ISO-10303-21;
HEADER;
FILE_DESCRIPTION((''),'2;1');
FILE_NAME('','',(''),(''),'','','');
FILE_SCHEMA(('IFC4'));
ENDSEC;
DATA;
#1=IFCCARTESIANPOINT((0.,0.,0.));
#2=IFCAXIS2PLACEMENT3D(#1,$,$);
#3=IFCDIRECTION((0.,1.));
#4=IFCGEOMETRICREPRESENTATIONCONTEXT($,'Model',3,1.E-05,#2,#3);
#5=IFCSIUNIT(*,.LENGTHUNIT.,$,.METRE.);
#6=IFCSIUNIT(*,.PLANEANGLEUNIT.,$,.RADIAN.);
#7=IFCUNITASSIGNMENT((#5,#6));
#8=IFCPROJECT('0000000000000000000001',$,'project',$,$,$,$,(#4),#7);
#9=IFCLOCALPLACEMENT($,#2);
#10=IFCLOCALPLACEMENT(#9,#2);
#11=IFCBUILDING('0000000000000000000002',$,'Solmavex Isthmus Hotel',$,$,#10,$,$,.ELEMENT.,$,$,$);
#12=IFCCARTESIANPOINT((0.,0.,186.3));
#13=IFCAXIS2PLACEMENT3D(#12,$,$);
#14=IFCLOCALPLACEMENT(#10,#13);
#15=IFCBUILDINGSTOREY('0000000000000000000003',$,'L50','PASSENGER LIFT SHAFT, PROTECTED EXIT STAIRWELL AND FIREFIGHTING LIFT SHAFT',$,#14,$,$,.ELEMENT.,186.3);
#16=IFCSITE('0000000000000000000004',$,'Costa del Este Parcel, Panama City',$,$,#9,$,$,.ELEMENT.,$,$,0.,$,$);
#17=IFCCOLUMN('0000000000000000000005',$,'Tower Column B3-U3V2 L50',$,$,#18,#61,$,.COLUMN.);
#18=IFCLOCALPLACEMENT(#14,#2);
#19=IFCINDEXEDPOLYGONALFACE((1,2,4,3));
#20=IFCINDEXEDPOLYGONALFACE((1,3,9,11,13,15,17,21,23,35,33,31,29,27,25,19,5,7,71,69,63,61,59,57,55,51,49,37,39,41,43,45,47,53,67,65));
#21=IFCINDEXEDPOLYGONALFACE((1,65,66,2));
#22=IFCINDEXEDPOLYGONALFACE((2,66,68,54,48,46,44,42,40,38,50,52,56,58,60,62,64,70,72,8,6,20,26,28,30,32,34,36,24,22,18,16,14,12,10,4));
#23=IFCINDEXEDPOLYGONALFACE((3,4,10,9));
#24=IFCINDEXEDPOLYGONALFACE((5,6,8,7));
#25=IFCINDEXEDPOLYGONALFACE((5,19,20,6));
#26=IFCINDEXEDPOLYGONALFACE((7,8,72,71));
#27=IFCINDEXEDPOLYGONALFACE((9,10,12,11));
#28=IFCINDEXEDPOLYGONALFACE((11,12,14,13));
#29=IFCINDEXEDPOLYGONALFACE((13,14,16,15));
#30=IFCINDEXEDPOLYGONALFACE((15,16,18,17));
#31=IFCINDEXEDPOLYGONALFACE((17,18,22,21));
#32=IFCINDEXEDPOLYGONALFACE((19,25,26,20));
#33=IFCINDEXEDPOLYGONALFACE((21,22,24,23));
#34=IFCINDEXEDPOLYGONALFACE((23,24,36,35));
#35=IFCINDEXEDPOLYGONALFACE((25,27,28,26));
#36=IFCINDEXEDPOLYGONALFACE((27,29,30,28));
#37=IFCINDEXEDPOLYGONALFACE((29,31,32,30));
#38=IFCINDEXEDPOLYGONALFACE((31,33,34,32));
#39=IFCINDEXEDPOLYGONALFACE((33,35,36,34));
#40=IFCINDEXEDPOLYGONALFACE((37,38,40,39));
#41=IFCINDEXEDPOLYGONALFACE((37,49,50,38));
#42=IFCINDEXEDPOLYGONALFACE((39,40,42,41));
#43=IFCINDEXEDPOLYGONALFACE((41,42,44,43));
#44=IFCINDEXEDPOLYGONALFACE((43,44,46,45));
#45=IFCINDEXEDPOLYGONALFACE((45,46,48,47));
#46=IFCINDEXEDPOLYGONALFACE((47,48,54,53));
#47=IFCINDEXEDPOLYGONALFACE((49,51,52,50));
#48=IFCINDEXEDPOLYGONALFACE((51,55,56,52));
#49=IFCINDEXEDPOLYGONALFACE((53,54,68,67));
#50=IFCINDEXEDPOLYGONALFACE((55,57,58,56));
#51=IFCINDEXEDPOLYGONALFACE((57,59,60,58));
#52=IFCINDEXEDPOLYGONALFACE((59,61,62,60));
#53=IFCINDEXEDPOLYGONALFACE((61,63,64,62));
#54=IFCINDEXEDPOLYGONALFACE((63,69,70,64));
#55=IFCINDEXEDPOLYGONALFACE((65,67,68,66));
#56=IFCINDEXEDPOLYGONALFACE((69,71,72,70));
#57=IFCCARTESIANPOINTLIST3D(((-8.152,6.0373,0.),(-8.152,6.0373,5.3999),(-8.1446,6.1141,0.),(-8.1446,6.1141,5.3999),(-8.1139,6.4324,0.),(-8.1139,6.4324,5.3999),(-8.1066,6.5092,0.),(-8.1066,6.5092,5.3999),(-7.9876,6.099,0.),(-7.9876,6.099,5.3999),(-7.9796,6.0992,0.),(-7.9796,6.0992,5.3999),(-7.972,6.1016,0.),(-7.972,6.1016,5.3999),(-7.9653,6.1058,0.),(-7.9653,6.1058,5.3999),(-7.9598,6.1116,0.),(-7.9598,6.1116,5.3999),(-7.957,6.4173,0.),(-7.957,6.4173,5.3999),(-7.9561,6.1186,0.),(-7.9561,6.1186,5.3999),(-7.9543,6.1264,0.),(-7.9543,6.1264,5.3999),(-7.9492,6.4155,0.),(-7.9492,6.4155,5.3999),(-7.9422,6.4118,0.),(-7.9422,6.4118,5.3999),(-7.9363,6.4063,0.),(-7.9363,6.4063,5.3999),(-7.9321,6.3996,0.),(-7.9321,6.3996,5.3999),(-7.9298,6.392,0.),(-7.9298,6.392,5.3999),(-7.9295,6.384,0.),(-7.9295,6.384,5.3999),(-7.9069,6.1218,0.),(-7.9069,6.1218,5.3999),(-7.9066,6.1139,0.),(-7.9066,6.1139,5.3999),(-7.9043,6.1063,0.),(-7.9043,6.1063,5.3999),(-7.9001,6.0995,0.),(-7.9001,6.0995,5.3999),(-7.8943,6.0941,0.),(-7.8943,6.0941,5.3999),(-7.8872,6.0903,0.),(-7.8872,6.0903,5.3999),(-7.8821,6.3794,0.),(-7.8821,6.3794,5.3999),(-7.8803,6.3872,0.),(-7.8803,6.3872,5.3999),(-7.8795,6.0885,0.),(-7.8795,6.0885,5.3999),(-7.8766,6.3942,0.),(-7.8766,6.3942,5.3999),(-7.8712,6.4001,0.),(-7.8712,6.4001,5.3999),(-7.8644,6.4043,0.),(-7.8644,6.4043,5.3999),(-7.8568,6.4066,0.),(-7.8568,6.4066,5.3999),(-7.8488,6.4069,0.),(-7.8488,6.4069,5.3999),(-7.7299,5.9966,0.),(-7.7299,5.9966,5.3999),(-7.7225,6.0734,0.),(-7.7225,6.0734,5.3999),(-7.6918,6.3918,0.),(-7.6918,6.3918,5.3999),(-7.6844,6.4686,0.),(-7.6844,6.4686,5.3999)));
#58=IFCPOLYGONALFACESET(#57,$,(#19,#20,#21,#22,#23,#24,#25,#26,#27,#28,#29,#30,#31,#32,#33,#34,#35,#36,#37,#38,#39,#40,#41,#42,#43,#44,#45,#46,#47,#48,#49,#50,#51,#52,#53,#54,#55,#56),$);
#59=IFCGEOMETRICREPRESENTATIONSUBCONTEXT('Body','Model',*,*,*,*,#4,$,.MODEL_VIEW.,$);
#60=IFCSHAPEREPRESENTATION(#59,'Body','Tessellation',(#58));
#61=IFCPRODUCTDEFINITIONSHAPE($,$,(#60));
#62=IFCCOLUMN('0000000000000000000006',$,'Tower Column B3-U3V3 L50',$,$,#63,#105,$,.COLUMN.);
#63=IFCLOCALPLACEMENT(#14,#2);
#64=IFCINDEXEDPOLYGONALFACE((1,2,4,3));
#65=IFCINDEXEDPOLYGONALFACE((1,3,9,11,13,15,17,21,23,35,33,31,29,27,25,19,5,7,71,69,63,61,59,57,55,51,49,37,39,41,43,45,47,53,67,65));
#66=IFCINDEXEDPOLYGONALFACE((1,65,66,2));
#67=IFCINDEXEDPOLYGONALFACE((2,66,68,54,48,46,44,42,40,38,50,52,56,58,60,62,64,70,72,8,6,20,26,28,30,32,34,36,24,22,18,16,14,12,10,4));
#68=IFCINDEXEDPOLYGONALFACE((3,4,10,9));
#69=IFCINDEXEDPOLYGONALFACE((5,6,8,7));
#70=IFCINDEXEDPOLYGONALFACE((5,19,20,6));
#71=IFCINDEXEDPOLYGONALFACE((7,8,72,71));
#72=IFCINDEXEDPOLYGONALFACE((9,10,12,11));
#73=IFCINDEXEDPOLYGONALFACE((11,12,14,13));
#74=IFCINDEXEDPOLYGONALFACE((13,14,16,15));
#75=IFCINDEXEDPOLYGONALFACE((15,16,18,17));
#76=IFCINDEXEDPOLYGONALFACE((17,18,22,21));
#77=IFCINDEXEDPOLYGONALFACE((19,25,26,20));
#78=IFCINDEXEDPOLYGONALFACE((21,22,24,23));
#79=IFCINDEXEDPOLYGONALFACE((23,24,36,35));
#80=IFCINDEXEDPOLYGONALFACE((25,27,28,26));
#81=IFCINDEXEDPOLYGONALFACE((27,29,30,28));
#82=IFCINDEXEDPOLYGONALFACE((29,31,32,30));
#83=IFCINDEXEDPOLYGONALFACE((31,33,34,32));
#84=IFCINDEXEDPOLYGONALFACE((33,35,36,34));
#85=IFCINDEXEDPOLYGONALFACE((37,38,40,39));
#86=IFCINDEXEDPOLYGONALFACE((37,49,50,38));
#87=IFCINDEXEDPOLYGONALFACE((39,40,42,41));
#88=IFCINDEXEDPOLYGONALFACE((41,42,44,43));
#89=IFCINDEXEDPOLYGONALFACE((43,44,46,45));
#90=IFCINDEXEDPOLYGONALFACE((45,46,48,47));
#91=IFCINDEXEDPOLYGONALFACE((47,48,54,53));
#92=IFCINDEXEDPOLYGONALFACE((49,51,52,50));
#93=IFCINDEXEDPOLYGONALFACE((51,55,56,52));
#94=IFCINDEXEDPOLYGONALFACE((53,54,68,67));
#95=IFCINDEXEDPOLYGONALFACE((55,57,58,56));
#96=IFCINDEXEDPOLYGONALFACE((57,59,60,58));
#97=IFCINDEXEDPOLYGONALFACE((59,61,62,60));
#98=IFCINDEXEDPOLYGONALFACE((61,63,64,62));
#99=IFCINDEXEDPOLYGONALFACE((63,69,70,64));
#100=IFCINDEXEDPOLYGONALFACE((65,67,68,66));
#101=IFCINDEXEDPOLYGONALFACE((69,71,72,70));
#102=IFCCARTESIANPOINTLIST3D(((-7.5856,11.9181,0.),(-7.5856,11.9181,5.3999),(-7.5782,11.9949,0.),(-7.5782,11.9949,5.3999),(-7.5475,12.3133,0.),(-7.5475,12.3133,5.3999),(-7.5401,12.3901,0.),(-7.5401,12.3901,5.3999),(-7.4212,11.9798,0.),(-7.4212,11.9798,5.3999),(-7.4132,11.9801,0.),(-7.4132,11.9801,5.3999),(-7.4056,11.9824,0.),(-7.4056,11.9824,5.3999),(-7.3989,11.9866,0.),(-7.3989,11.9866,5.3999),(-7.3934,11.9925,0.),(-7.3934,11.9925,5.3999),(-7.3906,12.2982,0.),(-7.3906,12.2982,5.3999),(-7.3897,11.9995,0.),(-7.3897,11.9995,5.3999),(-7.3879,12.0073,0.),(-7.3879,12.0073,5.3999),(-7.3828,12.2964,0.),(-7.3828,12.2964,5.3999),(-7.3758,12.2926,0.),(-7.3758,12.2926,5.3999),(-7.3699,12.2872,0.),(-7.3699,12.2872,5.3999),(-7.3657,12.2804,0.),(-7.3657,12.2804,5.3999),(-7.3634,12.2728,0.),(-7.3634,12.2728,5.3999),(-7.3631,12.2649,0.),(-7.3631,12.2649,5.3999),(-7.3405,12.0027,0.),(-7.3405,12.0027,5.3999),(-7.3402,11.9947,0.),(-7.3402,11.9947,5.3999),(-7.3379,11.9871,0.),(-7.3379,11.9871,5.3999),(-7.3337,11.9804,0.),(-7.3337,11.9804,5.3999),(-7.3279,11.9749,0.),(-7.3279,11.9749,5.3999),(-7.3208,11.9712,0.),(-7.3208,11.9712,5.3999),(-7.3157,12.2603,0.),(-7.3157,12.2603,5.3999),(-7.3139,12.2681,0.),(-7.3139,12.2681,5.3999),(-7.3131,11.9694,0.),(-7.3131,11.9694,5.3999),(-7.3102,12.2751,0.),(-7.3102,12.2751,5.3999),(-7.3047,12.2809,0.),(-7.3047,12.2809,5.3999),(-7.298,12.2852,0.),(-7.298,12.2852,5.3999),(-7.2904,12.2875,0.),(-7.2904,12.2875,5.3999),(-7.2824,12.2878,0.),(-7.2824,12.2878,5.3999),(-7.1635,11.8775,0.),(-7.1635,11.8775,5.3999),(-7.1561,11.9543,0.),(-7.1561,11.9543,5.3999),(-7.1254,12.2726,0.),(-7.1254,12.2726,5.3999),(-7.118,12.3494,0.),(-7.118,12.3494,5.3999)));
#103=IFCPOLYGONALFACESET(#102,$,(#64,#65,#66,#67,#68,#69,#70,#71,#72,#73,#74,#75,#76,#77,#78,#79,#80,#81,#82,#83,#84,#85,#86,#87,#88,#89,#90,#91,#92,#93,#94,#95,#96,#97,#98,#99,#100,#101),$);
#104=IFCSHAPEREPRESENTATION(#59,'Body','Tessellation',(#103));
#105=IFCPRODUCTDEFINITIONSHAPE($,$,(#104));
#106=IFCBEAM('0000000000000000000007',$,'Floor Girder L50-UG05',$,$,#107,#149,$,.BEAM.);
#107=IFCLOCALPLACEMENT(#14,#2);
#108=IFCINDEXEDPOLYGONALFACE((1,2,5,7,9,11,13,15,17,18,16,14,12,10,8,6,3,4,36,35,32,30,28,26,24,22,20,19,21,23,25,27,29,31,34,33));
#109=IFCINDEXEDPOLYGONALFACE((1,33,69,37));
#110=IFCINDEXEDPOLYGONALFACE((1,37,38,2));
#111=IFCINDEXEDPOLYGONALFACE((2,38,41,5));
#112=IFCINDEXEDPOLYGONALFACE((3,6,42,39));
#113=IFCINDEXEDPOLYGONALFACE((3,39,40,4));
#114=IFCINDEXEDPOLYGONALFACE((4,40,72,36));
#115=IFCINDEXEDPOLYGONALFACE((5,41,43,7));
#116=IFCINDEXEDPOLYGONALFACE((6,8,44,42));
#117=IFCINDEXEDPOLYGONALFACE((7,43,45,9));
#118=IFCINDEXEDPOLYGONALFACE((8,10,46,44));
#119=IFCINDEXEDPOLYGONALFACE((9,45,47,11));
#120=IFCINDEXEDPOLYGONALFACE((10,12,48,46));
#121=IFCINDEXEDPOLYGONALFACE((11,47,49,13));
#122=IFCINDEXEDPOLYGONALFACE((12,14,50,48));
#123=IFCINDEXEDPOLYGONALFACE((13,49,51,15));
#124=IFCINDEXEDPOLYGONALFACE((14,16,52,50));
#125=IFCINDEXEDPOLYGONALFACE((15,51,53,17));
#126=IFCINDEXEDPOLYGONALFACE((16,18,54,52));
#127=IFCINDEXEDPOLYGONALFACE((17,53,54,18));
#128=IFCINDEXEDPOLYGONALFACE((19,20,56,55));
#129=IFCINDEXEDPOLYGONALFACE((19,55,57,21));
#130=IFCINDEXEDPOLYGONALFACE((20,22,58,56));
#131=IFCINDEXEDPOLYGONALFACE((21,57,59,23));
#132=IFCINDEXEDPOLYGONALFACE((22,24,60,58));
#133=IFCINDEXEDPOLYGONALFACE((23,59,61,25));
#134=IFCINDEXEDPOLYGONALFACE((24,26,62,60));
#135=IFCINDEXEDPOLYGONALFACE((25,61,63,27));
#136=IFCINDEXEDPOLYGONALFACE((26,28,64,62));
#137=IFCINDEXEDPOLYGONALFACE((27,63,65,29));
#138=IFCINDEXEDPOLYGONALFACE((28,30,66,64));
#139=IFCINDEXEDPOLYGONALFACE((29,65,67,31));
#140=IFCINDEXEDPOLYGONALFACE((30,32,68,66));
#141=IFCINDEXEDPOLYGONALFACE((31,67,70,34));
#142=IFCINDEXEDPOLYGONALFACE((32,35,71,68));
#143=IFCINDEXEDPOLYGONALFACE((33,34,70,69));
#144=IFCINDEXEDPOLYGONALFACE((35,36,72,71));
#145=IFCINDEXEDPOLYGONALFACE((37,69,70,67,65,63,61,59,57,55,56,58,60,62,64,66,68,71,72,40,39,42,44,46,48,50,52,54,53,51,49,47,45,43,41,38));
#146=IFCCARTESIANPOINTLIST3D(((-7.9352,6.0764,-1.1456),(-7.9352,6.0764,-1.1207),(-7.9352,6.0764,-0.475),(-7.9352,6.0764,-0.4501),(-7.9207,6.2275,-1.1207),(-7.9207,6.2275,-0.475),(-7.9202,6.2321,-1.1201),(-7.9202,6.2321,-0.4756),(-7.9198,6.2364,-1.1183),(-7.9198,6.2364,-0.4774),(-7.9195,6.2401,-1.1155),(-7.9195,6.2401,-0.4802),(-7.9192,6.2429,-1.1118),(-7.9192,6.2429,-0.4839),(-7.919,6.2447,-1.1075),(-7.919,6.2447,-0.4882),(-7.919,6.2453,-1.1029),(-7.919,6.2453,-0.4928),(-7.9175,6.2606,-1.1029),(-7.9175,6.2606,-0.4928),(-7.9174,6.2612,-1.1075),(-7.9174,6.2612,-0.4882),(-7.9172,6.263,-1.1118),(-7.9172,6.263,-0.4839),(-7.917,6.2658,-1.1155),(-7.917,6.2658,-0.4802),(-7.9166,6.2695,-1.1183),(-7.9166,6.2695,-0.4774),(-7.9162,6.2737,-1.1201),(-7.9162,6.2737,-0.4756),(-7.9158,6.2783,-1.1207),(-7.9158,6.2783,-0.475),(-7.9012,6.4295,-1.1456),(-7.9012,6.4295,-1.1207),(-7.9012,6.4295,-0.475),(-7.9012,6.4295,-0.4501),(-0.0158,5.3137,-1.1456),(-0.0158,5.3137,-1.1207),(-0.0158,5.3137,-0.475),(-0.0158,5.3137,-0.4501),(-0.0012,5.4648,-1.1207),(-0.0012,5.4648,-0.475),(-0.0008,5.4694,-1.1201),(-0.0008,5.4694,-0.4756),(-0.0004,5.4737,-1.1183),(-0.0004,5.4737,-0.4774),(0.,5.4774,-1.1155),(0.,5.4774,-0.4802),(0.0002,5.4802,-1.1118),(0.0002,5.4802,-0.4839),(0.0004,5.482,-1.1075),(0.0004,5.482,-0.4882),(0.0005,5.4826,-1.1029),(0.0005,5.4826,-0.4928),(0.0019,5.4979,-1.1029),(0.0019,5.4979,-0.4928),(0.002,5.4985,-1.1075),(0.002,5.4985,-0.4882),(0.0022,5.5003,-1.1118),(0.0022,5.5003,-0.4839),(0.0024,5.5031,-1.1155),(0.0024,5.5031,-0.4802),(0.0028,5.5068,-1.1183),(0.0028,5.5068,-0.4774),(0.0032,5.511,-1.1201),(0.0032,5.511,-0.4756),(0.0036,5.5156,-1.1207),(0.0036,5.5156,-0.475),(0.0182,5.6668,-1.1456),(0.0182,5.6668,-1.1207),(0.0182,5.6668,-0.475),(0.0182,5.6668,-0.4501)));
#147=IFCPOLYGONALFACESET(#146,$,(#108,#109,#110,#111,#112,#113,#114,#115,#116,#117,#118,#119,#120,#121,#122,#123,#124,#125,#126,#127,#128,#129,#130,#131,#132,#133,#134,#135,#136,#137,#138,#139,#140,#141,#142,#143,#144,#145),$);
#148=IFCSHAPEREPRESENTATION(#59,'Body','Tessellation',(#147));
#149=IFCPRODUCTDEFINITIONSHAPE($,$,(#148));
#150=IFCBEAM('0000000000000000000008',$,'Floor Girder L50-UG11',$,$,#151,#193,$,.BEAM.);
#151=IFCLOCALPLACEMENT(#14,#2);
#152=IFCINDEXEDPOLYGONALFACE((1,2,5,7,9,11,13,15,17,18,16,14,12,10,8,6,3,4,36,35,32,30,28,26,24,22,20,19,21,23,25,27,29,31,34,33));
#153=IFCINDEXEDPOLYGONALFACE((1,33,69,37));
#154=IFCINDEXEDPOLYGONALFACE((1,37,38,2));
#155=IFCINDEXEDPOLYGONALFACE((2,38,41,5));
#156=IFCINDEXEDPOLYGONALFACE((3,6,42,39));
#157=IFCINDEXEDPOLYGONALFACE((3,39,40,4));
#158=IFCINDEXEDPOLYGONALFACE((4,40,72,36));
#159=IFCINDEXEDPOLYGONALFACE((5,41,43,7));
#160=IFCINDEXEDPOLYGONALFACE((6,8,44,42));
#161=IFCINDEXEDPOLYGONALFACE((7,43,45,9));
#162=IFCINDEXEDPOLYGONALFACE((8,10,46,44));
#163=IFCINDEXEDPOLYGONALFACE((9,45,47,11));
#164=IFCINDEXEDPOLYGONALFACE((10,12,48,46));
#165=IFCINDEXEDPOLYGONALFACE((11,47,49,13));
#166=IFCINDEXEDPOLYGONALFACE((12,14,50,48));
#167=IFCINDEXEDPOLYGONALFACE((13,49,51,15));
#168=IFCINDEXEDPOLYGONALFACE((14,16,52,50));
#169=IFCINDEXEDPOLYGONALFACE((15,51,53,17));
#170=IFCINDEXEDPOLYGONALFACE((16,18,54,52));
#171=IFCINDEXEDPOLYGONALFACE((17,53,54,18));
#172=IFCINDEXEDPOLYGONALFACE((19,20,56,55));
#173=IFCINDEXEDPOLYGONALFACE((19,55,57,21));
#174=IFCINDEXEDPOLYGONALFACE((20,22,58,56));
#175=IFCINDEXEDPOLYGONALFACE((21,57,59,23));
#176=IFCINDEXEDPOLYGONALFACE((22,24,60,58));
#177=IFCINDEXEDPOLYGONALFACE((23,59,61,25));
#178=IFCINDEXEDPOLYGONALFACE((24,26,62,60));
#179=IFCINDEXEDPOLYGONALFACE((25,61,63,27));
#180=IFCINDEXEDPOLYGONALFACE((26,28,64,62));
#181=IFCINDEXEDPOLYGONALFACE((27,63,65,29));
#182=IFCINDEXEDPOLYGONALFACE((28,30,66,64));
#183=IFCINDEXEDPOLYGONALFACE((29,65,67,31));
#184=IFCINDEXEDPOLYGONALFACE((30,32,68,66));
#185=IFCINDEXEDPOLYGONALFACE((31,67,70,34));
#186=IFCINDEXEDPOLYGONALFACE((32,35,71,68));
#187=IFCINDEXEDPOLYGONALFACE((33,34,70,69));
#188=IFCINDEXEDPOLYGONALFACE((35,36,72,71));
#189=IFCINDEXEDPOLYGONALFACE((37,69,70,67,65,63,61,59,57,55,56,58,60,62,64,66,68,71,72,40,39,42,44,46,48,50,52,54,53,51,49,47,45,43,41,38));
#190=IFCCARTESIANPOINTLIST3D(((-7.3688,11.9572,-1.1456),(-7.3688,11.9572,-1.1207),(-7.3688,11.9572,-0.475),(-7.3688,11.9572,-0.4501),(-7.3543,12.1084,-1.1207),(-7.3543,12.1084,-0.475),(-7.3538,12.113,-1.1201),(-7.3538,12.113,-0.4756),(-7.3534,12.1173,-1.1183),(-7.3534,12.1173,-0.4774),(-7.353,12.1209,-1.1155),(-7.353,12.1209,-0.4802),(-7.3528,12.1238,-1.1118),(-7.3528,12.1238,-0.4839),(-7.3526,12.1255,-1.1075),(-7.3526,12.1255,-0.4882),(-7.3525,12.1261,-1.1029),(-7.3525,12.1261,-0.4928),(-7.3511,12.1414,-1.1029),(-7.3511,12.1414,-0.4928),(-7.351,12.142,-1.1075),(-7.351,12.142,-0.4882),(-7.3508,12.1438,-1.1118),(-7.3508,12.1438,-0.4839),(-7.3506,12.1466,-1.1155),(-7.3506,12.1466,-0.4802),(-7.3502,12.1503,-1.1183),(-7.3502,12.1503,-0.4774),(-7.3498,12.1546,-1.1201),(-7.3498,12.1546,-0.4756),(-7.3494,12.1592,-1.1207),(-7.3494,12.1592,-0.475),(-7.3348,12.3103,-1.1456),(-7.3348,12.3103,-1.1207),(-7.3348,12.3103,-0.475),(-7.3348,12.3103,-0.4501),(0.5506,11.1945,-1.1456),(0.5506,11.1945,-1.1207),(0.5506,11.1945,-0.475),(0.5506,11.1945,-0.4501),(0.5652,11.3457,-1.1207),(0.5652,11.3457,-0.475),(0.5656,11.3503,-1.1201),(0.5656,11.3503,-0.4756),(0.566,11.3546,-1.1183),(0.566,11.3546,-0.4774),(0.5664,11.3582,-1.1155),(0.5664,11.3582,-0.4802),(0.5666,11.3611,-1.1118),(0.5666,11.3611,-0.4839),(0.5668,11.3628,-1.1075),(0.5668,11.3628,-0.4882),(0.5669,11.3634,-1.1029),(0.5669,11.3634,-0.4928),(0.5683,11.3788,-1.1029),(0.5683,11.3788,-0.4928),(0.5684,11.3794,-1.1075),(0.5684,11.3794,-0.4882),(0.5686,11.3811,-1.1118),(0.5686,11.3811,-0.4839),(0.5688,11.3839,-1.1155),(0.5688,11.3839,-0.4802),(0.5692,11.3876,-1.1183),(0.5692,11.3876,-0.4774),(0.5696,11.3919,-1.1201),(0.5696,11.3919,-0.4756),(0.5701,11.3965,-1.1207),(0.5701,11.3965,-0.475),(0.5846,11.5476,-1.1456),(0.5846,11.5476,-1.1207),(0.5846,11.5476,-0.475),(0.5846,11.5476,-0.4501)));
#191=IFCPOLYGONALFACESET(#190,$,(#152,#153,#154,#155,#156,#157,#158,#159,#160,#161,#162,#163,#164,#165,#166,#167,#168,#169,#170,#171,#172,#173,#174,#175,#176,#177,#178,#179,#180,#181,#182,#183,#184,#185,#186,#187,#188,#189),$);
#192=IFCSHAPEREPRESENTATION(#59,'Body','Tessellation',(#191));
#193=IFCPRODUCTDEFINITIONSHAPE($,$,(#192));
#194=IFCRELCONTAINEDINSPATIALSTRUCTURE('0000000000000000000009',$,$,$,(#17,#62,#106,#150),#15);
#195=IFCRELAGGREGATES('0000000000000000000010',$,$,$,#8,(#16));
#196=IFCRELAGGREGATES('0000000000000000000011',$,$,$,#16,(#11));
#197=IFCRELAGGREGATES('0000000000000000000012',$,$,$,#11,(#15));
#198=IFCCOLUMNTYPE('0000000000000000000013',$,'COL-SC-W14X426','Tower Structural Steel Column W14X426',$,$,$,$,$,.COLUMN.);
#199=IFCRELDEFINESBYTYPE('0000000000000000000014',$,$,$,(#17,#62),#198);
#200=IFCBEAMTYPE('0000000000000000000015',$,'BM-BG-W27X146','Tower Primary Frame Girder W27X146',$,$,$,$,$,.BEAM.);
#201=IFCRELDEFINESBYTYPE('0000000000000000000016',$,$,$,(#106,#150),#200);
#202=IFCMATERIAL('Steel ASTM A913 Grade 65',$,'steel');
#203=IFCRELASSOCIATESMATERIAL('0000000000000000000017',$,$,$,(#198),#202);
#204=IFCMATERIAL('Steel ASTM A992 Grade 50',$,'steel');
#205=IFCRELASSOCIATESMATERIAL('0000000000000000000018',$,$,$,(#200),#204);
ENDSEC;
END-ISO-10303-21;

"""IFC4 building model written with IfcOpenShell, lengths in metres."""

from ifc_helpers import new_model, si_unit, direction, frame, origin, origin_2d, place, context, subcontext, project, spatial, i_section, extrude, material, material_profile, profile_set, type_object, element, save


model = new_model("IFC4")

# Units and contexts
model_context = context("Model", 3, precision=1e-05, world=origin(), true_north=direction((0.0, 1.0)))
body_context = subcontext(model_context, "Body", "Model", "MODEL_VIEW")
ifc_project = project(units=[si_unit("LENGTHUNIT", "METRE"), si_unit("PLANEANGLEUNIT", "RADIAN")], contexts=[model_context])

# Site, building, storey
site_placement = place(None, origin())
site = spatial("IfcSite", under=ifc_project, at=site_placement, Name="Costa del Este Parcel, Panama City", CompositionType="ELEMENT", RefElevation=0.0)
building_placement = place(site_placement, origin())
building = spatial("IfcBuilding", under=site, at=building_placement, Name="Solmavex Isthmus Hotel", CompositionType="ELEMENT")
storey_placement = place(building_placement, frame((0.0, 0.0, 186.3)))
storey = spatial("IfcBuildingStorey", under=building, at=storey_placement, Name="L50", Description="PASSENGER LIFT SHAFT, PROTECTED EXIT STAIRWELL AND FIREFIGHTING LIFT SHAFT", CompositionType="ELEMENT", Elevation=186.3)

# Columns
ifc_material_1 = material(Name="Steel ASTM A913 Grade 65", Category="steel")
ifc_material_profile_1 = material_profile(ifc_material_1, i_section(OverallWidth=0.4241, OverallDepth=0.4741, WebThickness=0.0476, FlangeThickness=0.0771, FilletRadius=0.0305, at=origin_2d()), Name="W14X426")
ifc_profile_set_1 = profile_set([ifc_material_profile_1], Name="Steel ASTM A913 Grade 65")
column_type = type_object("IfcColumnType", Name="COL-SC-W14X426", Description="Tower Structural Steel Column W14X426", PredefinedType="COLUMN", material=ifc_profile_set_1)
for number, where, z_axis, x_axis, name in (
    (1, (-7.9182, 6.2529, 0.0), (0.0, 0.0, 1.0), (0.995396, -0.095846, 0.0), "Tower Column B3-U3V2 L50"),
    (2, (-7.3518, 12.1338, 0.0), (0.0, 0.0, 1.0), (0.995396, -0.095846, 0.0), "Tower Column B3-U3V3 L50"),
):
    element("IfcColumn", number, at=place(storey_placement, frame(where, z_axis=z_axis, x_axis=x_axis)), inside=storey, type_object=column_type, Name=name, PredefinedType="COLUMN", context=body_context, shape_type="SweptSolid", body=[
        extrude(i_section(OverallWidth=0.4241, OverallDepth=0.4741, WebThickness=0.0476, FlangeThickness=0.0771, FilletRadius=0.0305, at=origin_2d()), origin(), (0.0, 0.0, 1.0), 5.3999),
    ])

# Beams
ifc_material_2 = material(Name="Steel ASTM A992 Grade 50", Category="steel")
ifc_material_profile_2 = material_profile(ifc_material_2, i_section(OverallWidth=0.3547, OverallDepth=0.6956, WebThickness=0.0154, FlangeThickness=0.0249, FilletRadius=0.0178, at=origin_2d()), Name="W27X146")
ifc_profile_set_2 = profile_set([ifc_material_profile_2], Name="Steel ASTM A992 Grade 50")
beam_type_1 = type_object("IfcBeamType", Name="BM-BG-W27X146", Description="Tower Primary Frame Girder W27X146", PredefinedType="BEAM", material=ifc_profile_set_2)
for number, where, z_axis, x_axis, name in (
    (3, (-7.9182, 6.2529, -0.7979), (0.995395, -0.095863, 0.0), (0.095863, 0.995395, 0.0), "Floor Girder L50-UG05"),
    (4, (-7.3518, 12.1338, -0.7979), (0.995395, -0.095863, 0.0), (0.095863, 0.995395, 0.0), "Floor Girder L50-UG11"),
):
    element("IfcBeam", number, at=place(storey_placement, frame(where, z_axis=z_axis, x_axis=x_axis)), inside=storey, type_object=beam_type_1, Name=name, PredefinedType="BEAM", context=body_context, shape_type="SweptSolid", body=[
        extrude(i_section(OverallWidth=0.3547, OverallDepth=0.6956, WebThickness=0.0154, FlangeThickness=0.0249, FilletRadius=0.0178, at=origin_2d()), origin(), (0.0, 0.0, 1.0), 7.9561),
    ])

save(model, "model.ifc")
